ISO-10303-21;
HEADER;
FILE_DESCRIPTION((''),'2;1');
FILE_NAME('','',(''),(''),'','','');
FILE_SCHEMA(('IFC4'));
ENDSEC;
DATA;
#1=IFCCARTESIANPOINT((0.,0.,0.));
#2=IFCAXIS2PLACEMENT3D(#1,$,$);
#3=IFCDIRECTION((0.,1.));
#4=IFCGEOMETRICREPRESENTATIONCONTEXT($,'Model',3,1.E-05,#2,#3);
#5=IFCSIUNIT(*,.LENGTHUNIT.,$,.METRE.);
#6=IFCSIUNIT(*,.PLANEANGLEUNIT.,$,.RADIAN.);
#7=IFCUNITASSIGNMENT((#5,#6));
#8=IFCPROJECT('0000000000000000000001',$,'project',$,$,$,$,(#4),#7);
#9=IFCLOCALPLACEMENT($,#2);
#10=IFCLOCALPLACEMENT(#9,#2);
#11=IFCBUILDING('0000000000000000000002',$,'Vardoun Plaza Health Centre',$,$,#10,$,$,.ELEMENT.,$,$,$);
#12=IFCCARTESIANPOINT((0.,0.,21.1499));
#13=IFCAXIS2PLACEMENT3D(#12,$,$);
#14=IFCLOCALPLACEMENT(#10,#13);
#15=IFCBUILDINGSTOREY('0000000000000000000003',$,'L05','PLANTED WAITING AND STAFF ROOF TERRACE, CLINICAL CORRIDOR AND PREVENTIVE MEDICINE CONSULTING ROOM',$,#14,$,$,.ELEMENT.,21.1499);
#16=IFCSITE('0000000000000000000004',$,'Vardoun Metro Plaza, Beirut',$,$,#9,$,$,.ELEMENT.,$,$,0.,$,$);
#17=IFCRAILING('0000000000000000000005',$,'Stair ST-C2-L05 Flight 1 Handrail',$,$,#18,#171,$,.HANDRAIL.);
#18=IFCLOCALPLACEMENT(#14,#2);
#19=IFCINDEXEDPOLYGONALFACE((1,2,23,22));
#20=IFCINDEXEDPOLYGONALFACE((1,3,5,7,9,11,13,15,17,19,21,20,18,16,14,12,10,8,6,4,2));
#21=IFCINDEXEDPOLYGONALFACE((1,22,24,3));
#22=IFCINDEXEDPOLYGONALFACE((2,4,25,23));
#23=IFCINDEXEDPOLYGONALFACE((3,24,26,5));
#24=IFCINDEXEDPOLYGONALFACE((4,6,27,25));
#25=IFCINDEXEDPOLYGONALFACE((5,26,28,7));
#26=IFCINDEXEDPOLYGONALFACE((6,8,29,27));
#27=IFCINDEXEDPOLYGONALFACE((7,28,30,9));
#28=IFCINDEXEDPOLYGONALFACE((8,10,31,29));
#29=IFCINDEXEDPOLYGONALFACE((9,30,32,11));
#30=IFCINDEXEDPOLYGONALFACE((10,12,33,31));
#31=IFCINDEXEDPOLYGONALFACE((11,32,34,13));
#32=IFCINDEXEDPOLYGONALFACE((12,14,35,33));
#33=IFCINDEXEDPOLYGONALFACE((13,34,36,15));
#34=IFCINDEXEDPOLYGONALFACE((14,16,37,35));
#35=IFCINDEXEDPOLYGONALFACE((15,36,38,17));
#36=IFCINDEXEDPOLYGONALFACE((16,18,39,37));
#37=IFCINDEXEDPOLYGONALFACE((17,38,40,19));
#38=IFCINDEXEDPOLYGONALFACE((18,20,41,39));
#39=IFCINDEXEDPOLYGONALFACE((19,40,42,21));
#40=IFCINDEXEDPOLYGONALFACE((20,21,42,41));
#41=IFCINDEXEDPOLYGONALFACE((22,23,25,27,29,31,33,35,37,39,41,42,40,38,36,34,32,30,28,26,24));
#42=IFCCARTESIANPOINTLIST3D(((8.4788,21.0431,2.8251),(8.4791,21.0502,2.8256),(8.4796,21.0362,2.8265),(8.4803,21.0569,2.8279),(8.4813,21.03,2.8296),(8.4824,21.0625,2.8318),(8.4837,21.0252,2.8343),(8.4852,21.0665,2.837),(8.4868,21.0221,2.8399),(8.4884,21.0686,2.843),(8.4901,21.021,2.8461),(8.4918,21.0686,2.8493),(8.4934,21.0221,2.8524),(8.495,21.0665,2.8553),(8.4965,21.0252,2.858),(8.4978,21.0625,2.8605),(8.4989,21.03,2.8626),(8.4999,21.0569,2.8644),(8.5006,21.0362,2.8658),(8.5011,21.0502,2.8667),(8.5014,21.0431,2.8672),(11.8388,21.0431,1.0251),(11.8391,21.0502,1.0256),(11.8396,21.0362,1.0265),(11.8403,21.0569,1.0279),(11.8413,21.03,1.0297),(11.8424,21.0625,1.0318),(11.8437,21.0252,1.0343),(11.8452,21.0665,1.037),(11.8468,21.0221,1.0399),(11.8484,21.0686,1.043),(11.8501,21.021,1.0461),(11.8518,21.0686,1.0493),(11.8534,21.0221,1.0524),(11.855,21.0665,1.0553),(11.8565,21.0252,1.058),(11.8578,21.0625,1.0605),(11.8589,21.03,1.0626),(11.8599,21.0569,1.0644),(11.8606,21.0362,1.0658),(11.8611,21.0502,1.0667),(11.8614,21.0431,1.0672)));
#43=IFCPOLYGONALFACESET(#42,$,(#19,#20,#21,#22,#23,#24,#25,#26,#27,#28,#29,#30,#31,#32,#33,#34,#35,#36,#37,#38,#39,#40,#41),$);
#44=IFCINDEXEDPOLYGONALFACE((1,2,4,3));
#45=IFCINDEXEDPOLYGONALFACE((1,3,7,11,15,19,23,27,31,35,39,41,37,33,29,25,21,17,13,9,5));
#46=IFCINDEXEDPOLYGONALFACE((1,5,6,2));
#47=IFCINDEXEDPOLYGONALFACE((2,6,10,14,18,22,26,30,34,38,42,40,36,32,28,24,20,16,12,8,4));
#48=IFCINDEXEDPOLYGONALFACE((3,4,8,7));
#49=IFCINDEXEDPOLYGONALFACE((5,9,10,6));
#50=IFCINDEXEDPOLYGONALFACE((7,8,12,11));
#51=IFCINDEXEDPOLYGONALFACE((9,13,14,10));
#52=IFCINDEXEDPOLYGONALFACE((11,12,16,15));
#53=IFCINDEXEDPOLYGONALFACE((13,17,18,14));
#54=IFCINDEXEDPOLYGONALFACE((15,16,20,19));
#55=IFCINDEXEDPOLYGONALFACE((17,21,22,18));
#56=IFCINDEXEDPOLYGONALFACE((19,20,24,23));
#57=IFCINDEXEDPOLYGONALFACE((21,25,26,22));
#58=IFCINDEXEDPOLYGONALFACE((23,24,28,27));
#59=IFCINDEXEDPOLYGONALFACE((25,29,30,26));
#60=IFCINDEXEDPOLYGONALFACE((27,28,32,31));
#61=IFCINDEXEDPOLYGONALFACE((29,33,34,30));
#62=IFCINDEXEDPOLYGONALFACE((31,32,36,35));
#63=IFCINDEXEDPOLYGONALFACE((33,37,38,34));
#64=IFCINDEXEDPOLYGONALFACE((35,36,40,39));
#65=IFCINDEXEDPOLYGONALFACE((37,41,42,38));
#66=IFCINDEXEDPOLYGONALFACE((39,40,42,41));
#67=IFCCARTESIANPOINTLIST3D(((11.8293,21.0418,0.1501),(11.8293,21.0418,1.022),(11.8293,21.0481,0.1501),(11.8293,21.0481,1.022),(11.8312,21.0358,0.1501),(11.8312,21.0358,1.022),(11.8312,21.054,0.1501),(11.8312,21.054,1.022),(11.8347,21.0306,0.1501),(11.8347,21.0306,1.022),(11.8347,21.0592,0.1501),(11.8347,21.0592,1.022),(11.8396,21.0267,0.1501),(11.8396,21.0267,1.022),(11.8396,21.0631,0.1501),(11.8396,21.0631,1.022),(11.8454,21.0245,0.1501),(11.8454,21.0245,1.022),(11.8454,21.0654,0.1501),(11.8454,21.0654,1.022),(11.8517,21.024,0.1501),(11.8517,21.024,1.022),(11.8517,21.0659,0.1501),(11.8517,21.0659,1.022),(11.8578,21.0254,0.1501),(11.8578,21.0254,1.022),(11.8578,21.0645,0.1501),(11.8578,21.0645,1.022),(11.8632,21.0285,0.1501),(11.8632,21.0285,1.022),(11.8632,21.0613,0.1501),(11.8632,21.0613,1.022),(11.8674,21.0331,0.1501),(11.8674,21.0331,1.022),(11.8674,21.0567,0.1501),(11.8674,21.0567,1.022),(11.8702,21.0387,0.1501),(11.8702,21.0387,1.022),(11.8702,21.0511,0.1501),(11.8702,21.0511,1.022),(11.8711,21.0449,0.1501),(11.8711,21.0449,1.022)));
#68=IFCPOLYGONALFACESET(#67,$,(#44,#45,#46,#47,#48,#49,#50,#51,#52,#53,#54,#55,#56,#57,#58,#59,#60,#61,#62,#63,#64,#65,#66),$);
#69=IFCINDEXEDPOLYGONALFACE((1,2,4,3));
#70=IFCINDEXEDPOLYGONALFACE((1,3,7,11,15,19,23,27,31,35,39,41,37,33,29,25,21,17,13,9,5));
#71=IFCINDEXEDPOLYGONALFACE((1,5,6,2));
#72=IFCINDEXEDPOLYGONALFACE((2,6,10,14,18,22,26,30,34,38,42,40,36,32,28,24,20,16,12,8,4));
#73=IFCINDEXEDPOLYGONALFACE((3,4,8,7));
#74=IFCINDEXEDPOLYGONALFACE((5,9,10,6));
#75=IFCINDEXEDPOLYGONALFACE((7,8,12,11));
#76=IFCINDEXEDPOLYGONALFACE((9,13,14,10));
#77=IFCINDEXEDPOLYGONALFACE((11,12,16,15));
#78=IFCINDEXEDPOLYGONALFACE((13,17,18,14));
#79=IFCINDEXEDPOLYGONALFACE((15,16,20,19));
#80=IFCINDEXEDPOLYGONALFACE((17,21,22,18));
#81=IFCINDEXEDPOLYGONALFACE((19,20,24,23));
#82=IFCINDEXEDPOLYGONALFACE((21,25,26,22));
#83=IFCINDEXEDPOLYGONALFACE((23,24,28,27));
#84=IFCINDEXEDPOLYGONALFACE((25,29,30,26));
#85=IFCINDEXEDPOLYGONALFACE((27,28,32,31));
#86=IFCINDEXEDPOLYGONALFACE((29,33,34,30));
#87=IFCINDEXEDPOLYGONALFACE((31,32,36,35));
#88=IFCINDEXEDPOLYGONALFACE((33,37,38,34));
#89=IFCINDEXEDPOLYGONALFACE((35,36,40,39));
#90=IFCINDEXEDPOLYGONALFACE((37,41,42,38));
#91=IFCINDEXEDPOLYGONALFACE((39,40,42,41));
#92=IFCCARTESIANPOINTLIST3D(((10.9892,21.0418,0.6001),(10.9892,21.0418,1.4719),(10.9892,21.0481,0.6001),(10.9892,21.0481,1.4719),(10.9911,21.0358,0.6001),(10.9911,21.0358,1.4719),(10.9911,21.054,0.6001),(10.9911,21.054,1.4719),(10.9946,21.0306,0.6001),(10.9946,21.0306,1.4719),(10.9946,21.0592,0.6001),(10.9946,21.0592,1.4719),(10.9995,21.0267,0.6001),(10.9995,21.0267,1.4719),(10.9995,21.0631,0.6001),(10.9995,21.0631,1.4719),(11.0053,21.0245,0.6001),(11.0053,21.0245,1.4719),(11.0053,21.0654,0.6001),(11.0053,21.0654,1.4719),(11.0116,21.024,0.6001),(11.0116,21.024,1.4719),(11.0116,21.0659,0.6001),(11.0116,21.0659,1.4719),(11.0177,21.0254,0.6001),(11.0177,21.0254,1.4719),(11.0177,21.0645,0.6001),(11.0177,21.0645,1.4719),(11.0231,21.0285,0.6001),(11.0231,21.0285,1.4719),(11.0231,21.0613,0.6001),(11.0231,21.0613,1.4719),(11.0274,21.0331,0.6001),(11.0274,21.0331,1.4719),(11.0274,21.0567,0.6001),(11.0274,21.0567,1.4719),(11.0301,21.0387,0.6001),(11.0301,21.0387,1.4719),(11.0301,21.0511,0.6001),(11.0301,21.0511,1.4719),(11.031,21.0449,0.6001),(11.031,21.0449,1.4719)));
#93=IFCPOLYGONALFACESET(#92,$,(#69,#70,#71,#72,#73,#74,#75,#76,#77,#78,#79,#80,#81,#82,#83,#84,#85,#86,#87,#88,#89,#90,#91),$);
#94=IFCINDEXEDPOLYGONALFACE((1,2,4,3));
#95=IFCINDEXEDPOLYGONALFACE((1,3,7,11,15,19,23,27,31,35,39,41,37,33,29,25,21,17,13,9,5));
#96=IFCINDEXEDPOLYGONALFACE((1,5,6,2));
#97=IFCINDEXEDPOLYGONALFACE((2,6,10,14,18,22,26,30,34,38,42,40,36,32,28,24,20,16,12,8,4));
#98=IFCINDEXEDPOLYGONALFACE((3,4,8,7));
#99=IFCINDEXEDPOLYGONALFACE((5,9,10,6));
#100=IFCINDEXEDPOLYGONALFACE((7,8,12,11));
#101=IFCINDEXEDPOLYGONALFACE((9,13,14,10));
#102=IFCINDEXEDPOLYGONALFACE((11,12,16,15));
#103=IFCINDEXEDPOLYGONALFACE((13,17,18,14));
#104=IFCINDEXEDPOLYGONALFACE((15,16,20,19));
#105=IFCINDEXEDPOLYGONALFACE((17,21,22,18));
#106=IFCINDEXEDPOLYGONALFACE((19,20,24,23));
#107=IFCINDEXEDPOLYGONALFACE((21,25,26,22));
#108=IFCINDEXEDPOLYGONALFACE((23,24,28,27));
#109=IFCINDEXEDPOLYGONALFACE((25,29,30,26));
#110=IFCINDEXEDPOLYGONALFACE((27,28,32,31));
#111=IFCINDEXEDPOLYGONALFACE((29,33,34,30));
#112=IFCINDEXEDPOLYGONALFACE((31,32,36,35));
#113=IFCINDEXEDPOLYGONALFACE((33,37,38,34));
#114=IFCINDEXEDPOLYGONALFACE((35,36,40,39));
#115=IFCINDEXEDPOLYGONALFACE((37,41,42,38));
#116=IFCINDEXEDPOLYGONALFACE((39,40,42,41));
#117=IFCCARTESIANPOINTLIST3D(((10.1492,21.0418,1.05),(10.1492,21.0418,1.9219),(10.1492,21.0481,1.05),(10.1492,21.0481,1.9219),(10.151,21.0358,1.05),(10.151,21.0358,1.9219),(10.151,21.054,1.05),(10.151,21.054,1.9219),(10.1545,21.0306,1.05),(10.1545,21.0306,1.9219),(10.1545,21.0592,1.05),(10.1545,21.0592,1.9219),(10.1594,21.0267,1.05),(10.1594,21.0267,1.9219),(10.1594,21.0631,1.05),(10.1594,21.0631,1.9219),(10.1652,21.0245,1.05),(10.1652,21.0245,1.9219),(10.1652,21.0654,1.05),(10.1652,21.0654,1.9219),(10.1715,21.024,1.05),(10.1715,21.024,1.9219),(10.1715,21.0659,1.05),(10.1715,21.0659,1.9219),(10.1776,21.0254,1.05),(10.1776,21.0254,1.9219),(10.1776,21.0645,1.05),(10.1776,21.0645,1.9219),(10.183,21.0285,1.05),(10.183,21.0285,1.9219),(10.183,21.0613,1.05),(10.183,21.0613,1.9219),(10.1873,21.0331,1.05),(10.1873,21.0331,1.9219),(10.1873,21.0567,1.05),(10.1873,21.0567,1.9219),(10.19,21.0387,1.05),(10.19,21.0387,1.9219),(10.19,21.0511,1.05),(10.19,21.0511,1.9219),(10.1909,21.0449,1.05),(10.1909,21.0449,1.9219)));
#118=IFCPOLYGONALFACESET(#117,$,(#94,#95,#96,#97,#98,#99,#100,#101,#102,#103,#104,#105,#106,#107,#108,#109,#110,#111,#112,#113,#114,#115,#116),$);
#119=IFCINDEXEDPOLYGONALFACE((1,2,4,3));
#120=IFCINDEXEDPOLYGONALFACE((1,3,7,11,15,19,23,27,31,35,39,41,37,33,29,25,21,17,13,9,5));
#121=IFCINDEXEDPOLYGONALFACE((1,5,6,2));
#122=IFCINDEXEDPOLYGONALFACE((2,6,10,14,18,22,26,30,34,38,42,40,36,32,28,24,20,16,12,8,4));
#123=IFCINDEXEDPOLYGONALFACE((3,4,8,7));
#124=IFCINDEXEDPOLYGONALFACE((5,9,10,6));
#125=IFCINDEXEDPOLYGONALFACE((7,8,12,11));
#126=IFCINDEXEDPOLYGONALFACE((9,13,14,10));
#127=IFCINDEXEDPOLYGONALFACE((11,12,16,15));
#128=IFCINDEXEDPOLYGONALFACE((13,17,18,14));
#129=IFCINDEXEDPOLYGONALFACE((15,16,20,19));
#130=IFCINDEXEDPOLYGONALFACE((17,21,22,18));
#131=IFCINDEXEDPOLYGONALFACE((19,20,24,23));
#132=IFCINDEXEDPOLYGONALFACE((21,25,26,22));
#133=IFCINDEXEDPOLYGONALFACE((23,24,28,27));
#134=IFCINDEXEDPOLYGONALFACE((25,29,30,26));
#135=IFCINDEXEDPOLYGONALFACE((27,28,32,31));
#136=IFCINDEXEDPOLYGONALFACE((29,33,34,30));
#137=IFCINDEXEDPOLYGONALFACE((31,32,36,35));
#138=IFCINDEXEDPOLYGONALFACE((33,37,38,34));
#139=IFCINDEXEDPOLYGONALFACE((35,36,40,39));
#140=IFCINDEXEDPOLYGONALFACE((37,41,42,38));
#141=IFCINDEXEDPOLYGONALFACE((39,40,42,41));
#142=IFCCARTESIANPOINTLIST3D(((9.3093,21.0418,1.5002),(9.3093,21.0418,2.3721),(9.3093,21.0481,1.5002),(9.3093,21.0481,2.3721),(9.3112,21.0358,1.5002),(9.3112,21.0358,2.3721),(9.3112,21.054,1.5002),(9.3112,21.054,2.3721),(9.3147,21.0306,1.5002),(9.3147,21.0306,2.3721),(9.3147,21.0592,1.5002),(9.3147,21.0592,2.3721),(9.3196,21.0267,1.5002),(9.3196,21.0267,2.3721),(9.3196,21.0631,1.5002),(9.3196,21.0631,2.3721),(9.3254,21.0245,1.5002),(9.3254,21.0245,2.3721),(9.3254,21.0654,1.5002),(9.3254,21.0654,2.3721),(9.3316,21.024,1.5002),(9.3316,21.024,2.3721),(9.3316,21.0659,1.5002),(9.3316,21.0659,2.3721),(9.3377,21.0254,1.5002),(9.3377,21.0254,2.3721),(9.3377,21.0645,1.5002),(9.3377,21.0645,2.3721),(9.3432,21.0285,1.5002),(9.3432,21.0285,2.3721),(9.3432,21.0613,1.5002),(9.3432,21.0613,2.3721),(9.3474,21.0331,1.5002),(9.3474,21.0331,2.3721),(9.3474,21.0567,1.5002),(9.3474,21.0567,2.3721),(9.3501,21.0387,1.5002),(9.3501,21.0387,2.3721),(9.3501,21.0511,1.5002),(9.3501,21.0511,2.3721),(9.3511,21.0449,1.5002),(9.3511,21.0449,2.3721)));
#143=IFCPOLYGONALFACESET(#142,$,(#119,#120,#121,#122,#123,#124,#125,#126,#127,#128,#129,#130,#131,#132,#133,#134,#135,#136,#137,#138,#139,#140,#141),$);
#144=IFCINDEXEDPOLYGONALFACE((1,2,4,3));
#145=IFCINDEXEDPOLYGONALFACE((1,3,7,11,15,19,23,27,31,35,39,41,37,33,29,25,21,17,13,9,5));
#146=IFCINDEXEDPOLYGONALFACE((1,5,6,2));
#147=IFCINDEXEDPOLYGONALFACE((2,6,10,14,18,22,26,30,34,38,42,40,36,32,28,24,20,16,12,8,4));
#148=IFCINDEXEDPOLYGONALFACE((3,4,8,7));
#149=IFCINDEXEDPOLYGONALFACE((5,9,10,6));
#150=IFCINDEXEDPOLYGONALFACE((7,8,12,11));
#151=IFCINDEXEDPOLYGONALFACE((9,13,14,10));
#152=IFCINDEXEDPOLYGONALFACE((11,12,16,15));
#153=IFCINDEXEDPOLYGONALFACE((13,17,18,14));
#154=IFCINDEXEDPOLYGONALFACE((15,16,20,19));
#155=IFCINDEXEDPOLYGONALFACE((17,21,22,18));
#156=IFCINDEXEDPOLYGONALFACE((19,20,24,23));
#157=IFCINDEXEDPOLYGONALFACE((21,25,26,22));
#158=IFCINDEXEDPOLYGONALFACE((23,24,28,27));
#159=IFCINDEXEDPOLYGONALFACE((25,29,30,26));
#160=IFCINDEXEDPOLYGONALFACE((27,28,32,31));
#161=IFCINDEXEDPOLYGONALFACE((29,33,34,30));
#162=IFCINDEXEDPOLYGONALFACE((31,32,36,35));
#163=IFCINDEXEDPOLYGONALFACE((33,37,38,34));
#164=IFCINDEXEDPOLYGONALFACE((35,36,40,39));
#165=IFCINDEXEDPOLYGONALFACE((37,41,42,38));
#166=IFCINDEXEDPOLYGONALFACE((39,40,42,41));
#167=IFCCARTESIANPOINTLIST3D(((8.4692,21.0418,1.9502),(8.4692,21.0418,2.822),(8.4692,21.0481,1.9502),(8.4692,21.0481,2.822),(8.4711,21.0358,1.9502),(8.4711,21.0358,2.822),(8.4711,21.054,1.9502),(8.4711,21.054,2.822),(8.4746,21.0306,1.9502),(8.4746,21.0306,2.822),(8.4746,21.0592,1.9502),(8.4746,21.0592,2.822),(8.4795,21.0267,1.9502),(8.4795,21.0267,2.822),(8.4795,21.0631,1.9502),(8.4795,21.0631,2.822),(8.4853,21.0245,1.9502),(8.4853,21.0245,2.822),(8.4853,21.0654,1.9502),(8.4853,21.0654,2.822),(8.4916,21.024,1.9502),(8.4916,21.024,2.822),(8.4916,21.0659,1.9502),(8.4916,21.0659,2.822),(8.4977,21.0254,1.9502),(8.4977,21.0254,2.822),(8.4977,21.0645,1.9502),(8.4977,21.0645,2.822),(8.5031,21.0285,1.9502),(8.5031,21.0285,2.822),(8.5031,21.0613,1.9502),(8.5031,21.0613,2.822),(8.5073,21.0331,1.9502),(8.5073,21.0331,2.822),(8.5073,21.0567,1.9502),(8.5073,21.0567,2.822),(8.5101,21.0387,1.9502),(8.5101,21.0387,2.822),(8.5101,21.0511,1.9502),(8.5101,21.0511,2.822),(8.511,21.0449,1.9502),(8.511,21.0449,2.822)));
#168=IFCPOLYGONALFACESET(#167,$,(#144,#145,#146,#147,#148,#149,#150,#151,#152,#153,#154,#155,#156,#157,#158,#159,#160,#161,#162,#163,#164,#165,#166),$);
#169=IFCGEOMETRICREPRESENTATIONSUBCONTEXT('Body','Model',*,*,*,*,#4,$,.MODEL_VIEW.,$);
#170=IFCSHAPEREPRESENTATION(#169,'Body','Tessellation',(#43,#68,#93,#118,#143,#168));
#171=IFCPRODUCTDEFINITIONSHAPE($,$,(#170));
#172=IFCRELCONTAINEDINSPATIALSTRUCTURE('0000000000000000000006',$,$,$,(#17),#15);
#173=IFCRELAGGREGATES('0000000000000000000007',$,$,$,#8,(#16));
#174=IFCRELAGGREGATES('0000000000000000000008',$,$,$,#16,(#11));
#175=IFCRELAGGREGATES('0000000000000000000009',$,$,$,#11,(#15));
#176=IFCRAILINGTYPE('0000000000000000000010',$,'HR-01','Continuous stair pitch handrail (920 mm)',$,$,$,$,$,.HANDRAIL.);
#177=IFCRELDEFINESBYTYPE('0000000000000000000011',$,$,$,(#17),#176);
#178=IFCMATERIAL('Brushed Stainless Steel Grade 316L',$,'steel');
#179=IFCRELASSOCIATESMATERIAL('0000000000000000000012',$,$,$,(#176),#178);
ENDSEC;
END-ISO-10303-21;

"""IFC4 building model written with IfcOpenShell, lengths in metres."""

from ifc_helpers import new_model, si_unit, direction, frame, origin, origin_2d, place, context, subcontext, project, spatial, circle, extrude, material, type_object, element, save


model = new_model("IFC4")

# Units and contexts
model_context = context("Model", 3, precision=1e-05, world=origin(), true_north=direction((0.0, 1.0)))
body_context = subcontext(model_context, "Body", "Model", "MODEL_VIEW")
ifc_project = project(units=[si_unit("LENGTHUNIT", "METRE"), si_unit("PLANEANGLEUNIT", "RADIAN")], contexts=[model_context])

# Site, building, storey
site_placement = place(None, origin())
site = spatial("IfcSite", under=ifc_project, at=site_placement, Name="Vardoun Metro Plaza, Beirut", CompositionType="ELEMENT", RefElevation=0.0)
building_placement = place(site_placement, origin())
building = spatial("IfcBuilding", under=site, at=building_placement, Name="Vardoun Plaza Health Centre", CompositionType="ELEMENT")
storey_placement = place(building_placement, frame((0.0, 0.0, 21.1499)))
storey = spatial("IfcBuildingStorey", under=building, at=storey_placement, Name="L05", Description="PLANTED WAITING AND STAFF ROOF TERRACE, CLINICAL CORRIDOR AND PREVENTIVE MEDICINE CONSULTING ROOM", CompositionType="ELEMENT", Elevation=21.1499)

# Railing
ifc_material_1 = material(Name="Brushed Stainless Steel Grade 316L", Category="steel")
railing_type_1 = type_object("IfcRailingType", Name="HR-01", Description="Continuous stair pitch handrail (920 mm)", PredefinedType="HANDRAIL", material=ifc_material_1)
railing_1_placement = place(storey_placement, frame((11.8501, 21.0449, 0.1501)))
element("IfcRailing", 1, at=railing_1_placement, inside=storey, type_object=railing_type_1, Name="Stair ST-C2-L05 Flight 1 Handrail", PredefinedType="HANDRAIL", context=body_context, shape_type="SweptSolid", body=[
    extrude(circle(Radius=0.0239, at=origin_2d()), frame((0.0, 0.0, 0.896), z_axis=(-0.881481, 0.0, 0.47222), x_axis=(0.0, -1.0, 0.0)), (0.0, 0.0, 1.0), 3.8118),
    extrude(circle(Radius=0.021, at=origin_2d()), origin(), (0.0, 0.0, 1.0), 0.8718),
    extrude(circle(Radius=0.021, at=origin_2d()), frame((-0.8401, 0.0, 0.45)), (0.0, 0.0, 1.0), 0.8718),
    extrude(circle(Radius=0.021, at=origin_2d()), frame((-1.6802, 0.0, 0.8999)), (0.0, 0.0, 1.0), 0.8718),
    extrude(circle(Radius=0.021, at=origin_2d()), frame((-2.52, 0.0, 1.3501)), (0.0, 0.0, 1.0), 0.8718),
    extrude(circle(Radius=0.021, at=origin_2d()), frame((-3.3601, 0.0, 1.8)), (0.0, 0.0, 1.0), 0.8718),
])

save(model, "model.ifc")
